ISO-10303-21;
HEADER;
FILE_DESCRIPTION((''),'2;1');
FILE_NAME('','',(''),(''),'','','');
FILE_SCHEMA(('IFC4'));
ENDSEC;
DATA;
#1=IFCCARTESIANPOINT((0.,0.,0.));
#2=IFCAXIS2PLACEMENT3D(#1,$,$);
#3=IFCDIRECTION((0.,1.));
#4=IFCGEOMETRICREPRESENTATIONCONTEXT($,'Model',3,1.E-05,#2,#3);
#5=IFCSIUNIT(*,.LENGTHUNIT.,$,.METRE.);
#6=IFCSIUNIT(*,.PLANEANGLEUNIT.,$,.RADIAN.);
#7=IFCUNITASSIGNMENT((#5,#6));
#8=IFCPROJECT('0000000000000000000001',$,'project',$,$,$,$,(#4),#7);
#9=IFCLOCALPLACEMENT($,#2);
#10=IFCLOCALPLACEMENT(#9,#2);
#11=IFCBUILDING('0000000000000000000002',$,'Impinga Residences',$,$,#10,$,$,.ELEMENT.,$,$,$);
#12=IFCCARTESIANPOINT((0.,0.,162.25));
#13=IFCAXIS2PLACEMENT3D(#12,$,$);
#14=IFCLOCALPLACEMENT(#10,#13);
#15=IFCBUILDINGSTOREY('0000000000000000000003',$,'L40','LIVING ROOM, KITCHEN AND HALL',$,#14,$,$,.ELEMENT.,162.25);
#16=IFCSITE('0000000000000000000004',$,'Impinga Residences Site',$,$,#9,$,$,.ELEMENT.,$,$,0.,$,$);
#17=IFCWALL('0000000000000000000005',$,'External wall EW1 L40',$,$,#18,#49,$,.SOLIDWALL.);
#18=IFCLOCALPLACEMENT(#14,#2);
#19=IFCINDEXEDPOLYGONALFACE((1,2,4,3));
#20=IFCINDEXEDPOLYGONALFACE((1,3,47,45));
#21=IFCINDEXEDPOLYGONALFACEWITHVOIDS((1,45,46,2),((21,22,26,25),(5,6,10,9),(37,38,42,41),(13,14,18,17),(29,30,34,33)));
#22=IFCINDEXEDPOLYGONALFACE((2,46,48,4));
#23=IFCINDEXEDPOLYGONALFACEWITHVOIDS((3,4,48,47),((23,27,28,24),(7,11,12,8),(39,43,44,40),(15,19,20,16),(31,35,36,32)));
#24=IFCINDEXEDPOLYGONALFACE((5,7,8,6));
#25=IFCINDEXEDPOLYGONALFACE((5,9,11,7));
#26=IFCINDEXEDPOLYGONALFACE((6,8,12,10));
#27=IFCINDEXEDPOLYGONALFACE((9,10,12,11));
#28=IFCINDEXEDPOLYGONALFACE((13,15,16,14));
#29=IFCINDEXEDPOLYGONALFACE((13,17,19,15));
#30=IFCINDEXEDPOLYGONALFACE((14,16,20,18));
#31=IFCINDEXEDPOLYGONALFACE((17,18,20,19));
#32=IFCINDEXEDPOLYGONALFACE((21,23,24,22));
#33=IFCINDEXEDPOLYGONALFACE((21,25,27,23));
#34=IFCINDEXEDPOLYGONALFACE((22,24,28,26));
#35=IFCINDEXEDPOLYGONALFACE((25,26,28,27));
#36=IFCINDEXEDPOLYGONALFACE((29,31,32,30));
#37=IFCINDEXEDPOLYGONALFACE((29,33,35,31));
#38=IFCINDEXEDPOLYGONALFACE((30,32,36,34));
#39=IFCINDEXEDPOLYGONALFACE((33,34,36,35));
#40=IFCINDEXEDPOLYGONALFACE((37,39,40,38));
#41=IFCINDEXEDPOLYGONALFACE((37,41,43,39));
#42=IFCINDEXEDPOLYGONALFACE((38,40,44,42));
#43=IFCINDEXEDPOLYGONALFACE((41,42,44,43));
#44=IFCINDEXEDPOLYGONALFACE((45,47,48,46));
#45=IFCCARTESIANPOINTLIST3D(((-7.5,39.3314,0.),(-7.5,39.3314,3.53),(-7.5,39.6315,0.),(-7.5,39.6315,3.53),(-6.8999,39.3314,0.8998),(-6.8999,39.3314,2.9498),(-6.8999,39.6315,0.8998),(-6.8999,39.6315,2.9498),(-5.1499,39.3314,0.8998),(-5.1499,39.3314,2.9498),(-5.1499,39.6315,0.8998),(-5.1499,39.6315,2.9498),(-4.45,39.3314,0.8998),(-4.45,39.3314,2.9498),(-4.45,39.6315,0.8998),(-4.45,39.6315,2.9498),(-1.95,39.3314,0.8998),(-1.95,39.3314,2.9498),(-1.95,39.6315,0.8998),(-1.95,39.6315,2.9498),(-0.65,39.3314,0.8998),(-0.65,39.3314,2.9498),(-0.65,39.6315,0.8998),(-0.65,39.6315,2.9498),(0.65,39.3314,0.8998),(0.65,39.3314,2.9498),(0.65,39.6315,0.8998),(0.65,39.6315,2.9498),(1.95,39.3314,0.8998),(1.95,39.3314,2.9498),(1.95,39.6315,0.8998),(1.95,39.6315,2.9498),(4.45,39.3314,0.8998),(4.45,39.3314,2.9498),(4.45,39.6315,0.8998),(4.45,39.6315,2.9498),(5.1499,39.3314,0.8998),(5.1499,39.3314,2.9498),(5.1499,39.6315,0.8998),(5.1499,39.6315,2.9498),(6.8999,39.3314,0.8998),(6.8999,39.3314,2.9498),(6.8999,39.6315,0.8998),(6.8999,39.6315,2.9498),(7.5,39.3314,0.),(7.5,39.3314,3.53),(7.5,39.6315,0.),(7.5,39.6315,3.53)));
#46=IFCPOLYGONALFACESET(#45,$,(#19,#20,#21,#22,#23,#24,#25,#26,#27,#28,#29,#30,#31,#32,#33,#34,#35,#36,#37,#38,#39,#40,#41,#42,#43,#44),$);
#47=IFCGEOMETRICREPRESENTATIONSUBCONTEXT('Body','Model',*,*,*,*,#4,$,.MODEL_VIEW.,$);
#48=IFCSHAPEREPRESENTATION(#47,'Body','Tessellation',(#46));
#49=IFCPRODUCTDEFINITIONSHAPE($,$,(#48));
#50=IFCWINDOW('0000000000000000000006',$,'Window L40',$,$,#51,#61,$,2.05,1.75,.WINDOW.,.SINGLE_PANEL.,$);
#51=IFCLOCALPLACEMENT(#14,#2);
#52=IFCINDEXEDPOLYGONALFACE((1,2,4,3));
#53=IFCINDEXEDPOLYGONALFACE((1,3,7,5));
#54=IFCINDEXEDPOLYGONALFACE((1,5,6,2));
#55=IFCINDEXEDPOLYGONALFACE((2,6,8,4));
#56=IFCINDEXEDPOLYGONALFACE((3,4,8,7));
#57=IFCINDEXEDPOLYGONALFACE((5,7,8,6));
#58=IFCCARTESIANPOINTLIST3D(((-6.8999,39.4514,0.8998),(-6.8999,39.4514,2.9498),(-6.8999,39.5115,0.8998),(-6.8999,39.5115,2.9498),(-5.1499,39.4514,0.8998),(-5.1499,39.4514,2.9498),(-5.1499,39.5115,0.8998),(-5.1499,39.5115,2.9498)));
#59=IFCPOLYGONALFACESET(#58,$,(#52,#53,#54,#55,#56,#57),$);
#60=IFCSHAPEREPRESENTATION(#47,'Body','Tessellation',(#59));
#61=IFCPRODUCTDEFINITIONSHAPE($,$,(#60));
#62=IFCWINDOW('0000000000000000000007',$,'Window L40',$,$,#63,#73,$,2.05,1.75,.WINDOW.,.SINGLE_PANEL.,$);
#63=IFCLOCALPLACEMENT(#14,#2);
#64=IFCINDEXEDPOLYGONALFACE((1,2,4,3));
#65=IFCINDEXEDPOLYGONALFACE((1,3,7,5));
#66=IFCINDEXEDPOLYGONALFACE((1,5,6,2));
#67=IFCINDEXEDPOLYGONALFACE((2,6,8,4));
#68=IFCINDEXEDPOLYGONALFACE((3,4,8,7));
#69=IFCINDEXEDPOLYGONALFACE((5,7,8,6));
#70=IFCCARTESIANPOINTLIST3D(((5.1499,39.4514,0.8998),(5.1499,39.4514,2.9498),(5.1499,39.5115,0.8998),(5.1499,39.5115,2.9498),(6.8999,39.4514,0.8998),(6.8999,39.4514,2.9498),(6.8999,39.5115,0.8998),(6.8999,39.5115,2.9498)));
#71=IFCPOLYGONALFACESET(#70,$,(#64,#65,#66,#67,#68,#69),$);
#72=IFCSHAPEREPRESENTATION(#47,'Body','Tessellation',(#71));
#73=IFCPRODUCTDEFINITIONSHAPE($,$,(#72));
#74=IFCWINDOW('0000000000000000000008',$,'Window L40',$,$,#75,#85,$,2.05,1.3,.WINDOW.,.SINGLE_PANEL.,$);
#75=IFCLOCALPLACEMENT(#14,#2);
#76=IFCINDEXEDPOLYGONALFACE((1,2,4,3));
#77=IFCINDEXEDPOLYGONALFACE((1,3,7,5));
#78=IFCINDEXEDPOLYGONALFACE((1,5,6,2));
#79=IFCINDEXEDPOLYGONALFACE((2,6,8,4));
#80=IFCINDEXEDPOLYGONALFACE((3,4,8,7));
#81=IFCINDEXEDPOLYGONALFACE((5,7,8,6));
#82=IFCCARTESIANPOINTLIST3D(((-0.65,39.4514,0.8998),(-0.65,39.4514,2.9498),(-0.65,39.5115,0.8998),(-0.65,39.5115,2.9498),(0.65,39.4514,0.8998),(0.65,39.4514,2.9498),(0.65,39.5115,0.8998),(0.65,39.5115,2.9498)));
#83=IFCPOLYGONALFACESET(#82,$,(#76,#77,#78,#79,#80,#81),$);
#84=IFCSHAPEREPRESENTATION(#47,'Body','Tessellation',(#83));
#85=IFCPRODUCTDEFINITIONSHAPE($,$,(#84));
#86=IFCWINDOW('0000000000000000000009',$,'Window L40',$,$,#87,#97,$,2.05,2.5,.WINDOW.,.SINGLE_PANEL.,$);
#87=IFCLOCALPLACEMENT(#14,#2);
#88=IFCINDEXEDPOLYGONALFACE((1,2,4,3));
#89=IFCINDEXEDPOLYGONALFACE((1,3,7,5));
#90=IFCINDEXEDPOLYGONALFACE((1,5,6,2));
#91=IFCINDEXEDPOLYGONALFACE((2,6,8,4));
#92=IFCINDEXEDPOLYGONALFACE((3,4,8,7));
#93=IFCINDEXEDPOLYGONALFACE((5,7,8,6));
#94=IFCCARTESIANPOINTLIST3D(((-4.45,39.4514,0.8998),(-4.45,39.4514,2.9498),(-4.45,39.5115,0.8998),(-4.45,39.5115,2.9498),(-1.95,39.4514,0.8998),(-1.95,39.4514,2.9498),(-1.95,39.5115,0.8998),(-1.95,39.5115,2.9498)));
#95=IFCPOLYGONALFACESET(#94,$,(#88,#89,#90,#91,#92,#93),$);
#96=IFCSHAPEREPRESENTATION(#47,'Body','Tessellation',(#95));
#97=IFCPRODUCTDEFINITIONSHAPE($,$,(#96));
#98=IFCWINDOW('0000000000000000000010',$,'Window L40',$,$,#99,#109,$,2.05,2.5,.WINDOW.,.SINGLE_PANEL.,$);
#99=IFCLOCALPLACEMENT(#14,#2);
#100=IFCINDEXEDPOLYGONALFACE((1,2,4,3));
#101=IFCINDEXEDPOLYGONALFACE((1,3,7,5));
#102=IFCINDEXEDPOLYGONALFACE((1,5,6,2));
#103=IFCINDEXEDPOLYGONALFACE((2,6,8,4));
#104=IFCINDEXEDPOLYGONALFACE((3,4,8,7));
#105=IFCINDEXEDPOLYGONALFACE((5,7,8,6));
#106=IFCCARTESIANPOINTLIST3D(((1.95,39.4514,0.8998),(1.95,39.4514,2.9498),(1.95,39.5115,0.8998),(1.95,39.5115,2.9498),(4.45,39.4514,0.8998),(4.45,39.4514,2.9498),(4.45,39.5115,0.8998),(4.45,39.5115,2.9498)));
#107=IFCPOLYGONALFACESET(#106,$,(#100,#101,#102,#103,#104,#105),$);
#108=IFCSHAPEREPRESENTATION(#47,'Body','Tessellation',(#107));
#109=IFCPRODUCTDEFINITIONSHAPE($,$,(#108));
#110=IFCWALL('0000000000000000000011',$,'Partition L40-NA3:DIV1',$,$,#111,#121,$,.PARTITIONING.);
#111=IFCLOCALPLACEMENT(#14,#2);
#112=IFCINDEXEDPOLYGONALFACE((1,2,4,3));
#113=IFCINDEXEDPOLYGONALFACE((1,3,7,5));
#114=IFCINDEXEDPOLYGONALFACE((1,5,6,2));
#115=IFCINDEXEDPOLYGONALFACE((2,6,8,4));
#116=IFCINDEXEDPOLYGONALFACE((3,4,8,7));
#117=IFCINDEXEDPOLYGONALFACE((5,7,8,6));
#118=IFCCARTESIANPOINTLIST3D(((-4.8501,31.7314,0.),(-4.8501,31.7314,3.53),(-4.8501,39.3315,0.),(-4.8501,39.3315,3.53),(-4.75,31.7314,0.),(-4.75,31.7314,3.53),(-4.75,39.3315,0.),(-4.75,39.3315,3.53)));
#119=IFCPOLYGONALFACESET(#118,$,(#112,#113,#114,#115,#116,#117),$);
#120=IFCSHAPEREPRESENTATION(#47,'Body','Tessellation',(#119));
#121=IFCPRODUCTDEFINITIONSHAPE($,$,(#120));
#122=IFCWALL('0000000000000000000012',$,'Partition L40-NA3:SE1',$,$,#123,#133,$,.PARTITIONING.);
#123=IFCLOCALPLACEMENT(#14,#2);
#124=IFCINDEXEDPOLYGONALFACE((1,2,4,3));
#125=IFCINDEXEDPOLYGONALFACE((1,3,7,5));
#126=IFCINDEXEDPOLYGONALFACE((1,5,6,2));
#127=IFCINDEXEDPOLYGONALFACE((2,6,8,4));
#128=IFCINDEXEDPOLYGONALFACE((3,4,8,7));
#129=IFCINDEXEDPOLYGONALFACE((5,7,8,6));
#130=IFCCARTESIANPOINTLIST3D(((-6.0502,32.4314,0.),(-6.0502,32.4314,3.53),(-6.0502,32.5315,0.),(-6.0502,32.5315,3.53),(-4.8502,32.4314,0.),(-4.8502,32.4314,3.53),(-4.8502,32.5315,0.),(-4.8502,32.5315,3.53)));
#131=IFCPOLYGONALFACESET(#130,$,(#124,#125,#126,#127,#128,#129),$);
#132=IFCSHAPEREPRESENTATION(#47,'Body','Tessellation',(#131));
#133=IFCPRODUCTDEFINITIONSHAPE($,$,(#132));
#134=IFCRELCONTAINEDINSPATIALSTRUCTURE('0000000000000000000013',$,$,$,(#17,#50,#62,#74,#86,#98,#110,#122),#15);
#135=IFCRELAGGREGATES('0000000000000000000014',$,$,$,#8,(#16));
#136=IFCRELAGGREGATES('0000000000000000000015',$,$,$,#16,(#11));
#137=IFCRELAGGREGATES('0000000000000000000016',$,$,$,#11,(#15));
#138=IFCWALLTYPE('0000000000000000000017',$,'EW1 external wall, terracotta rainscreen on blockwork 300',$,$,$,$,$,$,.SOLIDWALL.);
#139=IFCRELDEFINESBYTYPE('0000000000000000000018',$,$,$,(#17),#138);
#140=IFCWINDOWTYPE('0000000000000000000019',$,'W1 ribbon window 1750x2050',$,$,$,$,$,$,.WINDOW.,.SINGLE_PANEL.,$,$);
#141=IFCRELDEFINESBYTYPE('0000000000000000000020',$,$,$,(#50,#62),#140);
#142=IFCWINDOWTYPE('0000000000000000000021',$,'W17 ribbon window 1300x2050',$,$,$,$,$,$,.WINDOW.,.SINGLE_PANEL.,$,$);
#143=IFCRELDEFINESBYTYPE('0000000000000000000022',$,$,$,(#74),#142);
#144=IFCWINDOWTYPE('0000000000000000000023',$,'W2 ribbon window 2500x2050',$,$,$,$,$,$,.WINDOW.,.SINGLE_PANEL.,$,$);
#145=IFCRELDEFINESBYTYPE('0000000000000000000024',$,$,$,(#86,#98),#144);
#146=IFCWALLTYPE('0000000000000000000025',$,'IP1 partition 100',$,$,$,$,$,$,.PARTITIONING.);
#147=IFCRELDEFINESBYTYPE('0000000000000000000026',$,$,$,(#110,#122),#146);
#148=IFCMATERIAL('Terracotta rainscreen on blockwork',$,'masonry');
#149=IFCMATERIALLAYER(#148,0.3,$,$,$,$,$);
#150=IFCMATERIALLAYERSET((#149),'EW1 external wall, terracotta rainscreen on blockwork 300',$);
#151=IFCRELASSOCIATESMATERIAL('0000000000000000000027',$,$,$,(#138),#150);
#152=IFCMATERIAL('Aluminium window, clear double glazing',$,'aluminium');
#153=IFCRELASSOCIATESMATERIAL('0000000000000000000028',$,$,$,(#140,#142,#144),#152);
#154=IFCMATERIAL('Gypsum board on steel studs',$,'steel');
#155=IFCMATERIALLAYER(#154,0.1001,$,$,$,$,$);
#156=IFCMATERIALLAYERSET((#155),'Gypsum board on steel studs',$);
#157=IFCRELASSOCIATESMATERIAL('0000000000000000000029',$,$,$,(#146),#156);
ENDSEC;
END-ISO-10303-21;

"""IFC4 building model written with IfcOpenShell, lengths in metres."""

from ifc_helpers import new_model, si_unit, direction, frame, frame_2d, origin, place, context, subcontext, project, spatial, rectangle, extrude, material, layer, layer_set, type_object, element, fill, save


model = new_model("IFC4")

# Units and contexts
model_context = context("Model", 3, precision=1e-05, world=origin(), true_north=direction((0.0, 1.0)))
body_context = subcontext(model_context, "Body", "Model", "MODEL_VIEW")
ifc_project = project(units=[si_unit("LENGTHUNIT", "METRE"), si_unit("PLANEANGLEUNIT", "RADIAN")], contexts=[model_context])

# Site, building, storey
site_placement = place(None, origin())
site = spatial("IfcSite", under=ifc_project, at=site_placement, Name="Impinga Residences Site", CompositionType="ELEMENT", RefElevation=0.0)
building_placement = place(site_placement, origin())
building = spatial("IfcBuilding", under=site, at=building_placement, Name="Impinga Residences", CompositionType="ELEMENT")
storey_placement = place(building_placement, frame((0.0, 0.0, 162.25)))
storey = spatial("IfcBuildingStorey", under=building, at=storey_placement, Name="L40", Description="LIVING ROOM, KITCHEN AND HALL", CompositionType="ELEMENT", Elevation=162.25)

# Shared definitions
ifc_material_1 = material(Name="Terracotta rainscreen on blockwork", Category="masonry")
ifc_layer_1 = layer(ifc_material_1, 0.3)
ifc_layer_set_1 = layer_set([ifc_layer_1], Name="EW1 external wall, terracotta rainscreen on blockwork 300")
wall_type_1 = type_object("IfcWallType", Name="EW1 external wall, terracotta rainscreen on blockwork 300", PredefinedType="SOLIDWALL", material=ifc_layer_set_1)

# Wall, openings, windows
wall_1_placement = place(storey_placement, frame((-7.5, 39.4814, 0.0), z_axis=(0.0, 0.0, 1.0), x_axis=(1.0, 0.0, 0.0)))
wall_1 = element("IfcWall", 1, at=wall_1_placement, inside=storey, type_object=wall_type_1, Name="External wall EW1 L40", PredefinedType="SOLIDWALL", context=body_context, shape_type="SweptSolid", body=[
    extrude(rectangle(XDim=15.0, YDim=0.3, at=frame_2d((7.5, 0.0))), origin(), (0.0, 0.0, 1.0), 3.53),
])
opening_1_placement = place(wall_1_placement, frame((0.6001, 0.0, 0.8999)))
opening_1 = element("IfcOpeningElement", 2, at=opening_1_placement, cuts=wall_1, PredefinedType="OPENING", context=body_context, shape_type="SweptSolid", body=[
    extrude(rectangle(XDim=1.75, YDim=2.05, at=frame_2d((0.875, 1.0249))), frame((0.0, 0.1599, 0.0), z_axis=(0.0, -1.0, 0.0), x_axis=(1.0, 0.0, 0.0)), (0.0, 0.0, 1.0), 0.3201),
])
opening_2_placement = place(wall_1_placement, frame((3.05, 0.0, 0.8999)))
opening_2 = element("IfcOpeningElement", 3, at=opening_2_placement, cuts=wall_1, PredefinedType="OPENING", context=body_context, shape_type="SweptSolid", body=[
    extrude(rectangle(XDim=2.5, YDim=2.05, at=frame_2d((1.25, 1.0249))), frame((0.0, 0.1599, 0.0), z_axis=(0.0, -1.0, 0.0), x_axis=(1.0, 0.0, 0.0)), (0.0, 0.0, 1.0), 0.3201),
])
opening_3_placement = place(wall_1_placement, frame((6.8501, 0.0, 0.8999)))
opening_3 = element("IfcOpeningElement", 4, at=opening_3_placement, cuts=wall_1, PredefinedType="OPENING", context=body_context, shape_type="SweptSolid", body=[
    extrude(rectangle(XDim=1.3, YDim=2.05, at=frame_2d((0.6499, 1.0249))), frame((0.0, 0.1599, 0.0), z_axis=(0.0, -1.0, 0.0), x_axis=(1.0, 0.0, 0.0)), (0.0, 0.0, 1.0), 0.3201),
])
opening_4_placement = place(wall_1_placement, frame((9.45, 0.0, 0.8999)))
opening_4 = element("IfcOpeningElement", 5, at=opening_4_placement, cuts=wall_1, PredefinedType="OPENING", context=body_context, shape_type="SweptSolid", body=[
    extrude(rectangle(XDim=2.5, YDim=2.05, at=frame_2d((1.25, 1.0249))), frame((0.0, 0.1599, 0.0), z_axis=(0.0, -1.0, 0.0), x_axis=(1.0, 0.0, 0.0)), (0.0, 0.0, 1.0), 0.3201),
])
opening_5_placement = place(wall_1_placement, frame((12.6499, 0.0, 0.8999)))
opening_5 = element("IfcOpeningElement", 6, at=opening_5_placement, cuts=wall_1, PredefinedType="OPENING", context=body_context, shape_type="SweptSolid", body=[
    extrude(rectangle(XDim=1.75, YDim=2.05, at=frame_2d((0.875, 1.0249))), frame((0.0, 0.1599, 0.0), z_axis=(0.0, -1.0, 0.0), x_axis=(1.0, 0.0, 0.0)), (0.0, 0.0, 1.0), 0.3201),
])
ifc_material_2 = material(Name="Aluminium window, clear double glazing", Category="aluminium")
window_type_1 = type_object("IfcWindowType", Name="W1 ribbon window 1750x2050", PartitioningType="SINGLE_PANEL", PredefinedType="WINDOW", material=ifc_material_2)
window_1_placement = place(opening_1_placement, origin())
window_1 = element("IfcWindow", 7, at=window_1_placement, inside=storey, type_object=window_type_1, Name="Window L40", OverallHeight=2.05, OverallWidth=1.75, PartitioningType="SINGLE_PANEL", PredefinedType="WINDOW", context=body_context, shape_type="SweptSolid", body=[
    extrude(rectangle(XDim=1.75, YDim=2.05, at=frame_2d((0.875, 1.0249))), frame((0.0, 0.03, 0.0), z_axis=(0.0, -1.0, 0.0), x_axis=(1.0, 0.0, 0.0)), (0.0, 0.0, 1.0), 0.0601),
])
fill(opening_1, window_1)
window_2_placement = place(opening_5_placement, origin())
window_2 = element("IfcWindow", 8, at=window_2_placement, inside=storey, type_object=window_type_1, Name="Window L40", OverallHeight=2.05, OverallWidth=1.75, PartitioningType="SINGLE_PANEL", PredefinedType="WINDOW", context=body_context, shape_type="SweptSolid", body=[
    extrude(rectangle(XDim=1.75, YDim=2.05, at=frame_2d((0.875, 1.0249))), frame((0.0, 0.03, 0.0), z_axis=(0.0, -1.0, 0.0), x_axis=(1.0, 0.0, 0.0)), (0.0, 0.0, 1.0), 0.0601),
])
fill(opening_5, window_2)
window_type_2 = type_object("IfcWindowType", Name="W17 ribbon window 1300x2050", PartitioningType="SINGLE_PANEL", PredefinedType="WINDOW", material=ifc_material_2)
window_3_placement = place(opening_3_placement, origin())
window_3 = element("IfcWindow", 9, at=window_3_placement, inside=storey, type_object=window_type_2, Name="Window L40", OverallHeight=2.05, OverallWidth=1.3, PartitioningType="SINGLE_PANEL", PredefinedType="WINDOW", context=body_context, shape_type="SweptSolid", body=[
    extrude(rectangle(XDim=1.3, YDim=2.05, at=frame_2d((0.6499, 1.0249))), frame((0.0, 0.03, 0.0), z_axis=(0.0, -1.0, 0.0), x_axis=(1.0, 0.0, 0.0)), (0.0, 0.0, 1.0), 0.0601),
])
fill(opening_3, window_3)
window_type_3 = type_object("IfcWindowType", Name="W2 ribbon window 2500x2050", PartitioningType="SINGLE_PANEL", PredefinedType="WINDOW", material=ifc_material_2)
window_4_placement = place(opening_2_placement, origin())
window_4 = element("IfcWindow", 10, at=window_4_placement, inside=storey, type_object=window_type_3, Name="Window L40", OverallHeight=2.05, OverallWidth=2.5, PartitioningType="SINGLE_PANEL", PredefinedType="WINDOW", context=body_context, shape_type="SweptSolid", body=[
    extrude(rectangle(XDim=2.5, YDim=2.05, at=frame_2d((1.25, 1.0249))), frame((0.0, 0.03, 0.0), z_axis=(0.0, -1.0, 0.0), x_axis=(1.0, 0.0, 0.0)), (0.0, 0.0, 1.0), 0.0601),
])
fill(opening_2, window_4)
window_5_placement = place(opening_4_placement, origin())
window_5 = element("IfcWindow", 11, at=window_5_placement, inside=storey, type_object=window_type_3, Name="Window L40", OverallHeight=2.05, OverallWidth=2.5, PartitioningType="SINGLE_PANEL", PredefinedType="WINDOW", context=body_context, shape_type="SweptSolid", body=[
    extrude(rectangle(XDim=2.5, YDim=2.05, at=frame_2d((1.25, 1.0249))), frame((0.0, 0.03, 0.0), z_axis=(0.0, -1.0, 0.0), x_axis=(1.0, 0.0, 0.0)), (0.0, 0.0, 1.0), 0.0601),
])
fill(opening_4, window_5)

# Walls
ifc_material_3 = material(Name="Gypsum board on steel studs", Category="steel")
ifc_layer_2 = layer(ifc_material_3, 0.1001)
ifc_layer_set_2 = layer_set([ifc_layer_2], Name="Gypsum board on steel studs")
wall_type_2 = type_object("IfcWallType", Name="IP1 partition 100", PredefinedType="PARTITIONING", material=ifc_layer_set_2)
wall_2_placement = place(storey_placement, frame((-4.8, 31.7314, 0.0), z_axis=(0.0, 0.0, 1.0), x_axis=(0.0, 1.0, 0.0)))
element("IfcWall", 12, at=wall_2_placement, inside=storey, type_object=wall_type_2, Name="Partition L40-NA3:DIV1", PredefinedType="PARTITIONING", context=body_context, shape_type="SweptSolid", body=[
    extrude(rectangle(XDim=7.6001, YDim=0.1001, at=frame_2d((3.8, 0.0))), origin(), (0.0, 0.0, 1.0), 3.53),
])
wall_3_placement = place(storey_placement, frame((-4.8501, 32.4814, 0.0), z_axis=(0.0, 0.0, 1.0), x_axis=(-1.0, 0.0, 0.0)))
element("IfcWall", 13, at=wall_3_placement, inside=storey, type_object=wall_type_2, Name="Partition L40-NA3:SE1", PredefinedType="PARTITIONING", context=body_context, shape_type="SweptSolid", body=[
    extrude(rectangle(XDim=1.2, YDim=0.1001, at=frame_2d((0.6001, 0.0))), origin(), (0.0, 0.0, 1.0), 3.53),
])

save(model, "model.ifc")
